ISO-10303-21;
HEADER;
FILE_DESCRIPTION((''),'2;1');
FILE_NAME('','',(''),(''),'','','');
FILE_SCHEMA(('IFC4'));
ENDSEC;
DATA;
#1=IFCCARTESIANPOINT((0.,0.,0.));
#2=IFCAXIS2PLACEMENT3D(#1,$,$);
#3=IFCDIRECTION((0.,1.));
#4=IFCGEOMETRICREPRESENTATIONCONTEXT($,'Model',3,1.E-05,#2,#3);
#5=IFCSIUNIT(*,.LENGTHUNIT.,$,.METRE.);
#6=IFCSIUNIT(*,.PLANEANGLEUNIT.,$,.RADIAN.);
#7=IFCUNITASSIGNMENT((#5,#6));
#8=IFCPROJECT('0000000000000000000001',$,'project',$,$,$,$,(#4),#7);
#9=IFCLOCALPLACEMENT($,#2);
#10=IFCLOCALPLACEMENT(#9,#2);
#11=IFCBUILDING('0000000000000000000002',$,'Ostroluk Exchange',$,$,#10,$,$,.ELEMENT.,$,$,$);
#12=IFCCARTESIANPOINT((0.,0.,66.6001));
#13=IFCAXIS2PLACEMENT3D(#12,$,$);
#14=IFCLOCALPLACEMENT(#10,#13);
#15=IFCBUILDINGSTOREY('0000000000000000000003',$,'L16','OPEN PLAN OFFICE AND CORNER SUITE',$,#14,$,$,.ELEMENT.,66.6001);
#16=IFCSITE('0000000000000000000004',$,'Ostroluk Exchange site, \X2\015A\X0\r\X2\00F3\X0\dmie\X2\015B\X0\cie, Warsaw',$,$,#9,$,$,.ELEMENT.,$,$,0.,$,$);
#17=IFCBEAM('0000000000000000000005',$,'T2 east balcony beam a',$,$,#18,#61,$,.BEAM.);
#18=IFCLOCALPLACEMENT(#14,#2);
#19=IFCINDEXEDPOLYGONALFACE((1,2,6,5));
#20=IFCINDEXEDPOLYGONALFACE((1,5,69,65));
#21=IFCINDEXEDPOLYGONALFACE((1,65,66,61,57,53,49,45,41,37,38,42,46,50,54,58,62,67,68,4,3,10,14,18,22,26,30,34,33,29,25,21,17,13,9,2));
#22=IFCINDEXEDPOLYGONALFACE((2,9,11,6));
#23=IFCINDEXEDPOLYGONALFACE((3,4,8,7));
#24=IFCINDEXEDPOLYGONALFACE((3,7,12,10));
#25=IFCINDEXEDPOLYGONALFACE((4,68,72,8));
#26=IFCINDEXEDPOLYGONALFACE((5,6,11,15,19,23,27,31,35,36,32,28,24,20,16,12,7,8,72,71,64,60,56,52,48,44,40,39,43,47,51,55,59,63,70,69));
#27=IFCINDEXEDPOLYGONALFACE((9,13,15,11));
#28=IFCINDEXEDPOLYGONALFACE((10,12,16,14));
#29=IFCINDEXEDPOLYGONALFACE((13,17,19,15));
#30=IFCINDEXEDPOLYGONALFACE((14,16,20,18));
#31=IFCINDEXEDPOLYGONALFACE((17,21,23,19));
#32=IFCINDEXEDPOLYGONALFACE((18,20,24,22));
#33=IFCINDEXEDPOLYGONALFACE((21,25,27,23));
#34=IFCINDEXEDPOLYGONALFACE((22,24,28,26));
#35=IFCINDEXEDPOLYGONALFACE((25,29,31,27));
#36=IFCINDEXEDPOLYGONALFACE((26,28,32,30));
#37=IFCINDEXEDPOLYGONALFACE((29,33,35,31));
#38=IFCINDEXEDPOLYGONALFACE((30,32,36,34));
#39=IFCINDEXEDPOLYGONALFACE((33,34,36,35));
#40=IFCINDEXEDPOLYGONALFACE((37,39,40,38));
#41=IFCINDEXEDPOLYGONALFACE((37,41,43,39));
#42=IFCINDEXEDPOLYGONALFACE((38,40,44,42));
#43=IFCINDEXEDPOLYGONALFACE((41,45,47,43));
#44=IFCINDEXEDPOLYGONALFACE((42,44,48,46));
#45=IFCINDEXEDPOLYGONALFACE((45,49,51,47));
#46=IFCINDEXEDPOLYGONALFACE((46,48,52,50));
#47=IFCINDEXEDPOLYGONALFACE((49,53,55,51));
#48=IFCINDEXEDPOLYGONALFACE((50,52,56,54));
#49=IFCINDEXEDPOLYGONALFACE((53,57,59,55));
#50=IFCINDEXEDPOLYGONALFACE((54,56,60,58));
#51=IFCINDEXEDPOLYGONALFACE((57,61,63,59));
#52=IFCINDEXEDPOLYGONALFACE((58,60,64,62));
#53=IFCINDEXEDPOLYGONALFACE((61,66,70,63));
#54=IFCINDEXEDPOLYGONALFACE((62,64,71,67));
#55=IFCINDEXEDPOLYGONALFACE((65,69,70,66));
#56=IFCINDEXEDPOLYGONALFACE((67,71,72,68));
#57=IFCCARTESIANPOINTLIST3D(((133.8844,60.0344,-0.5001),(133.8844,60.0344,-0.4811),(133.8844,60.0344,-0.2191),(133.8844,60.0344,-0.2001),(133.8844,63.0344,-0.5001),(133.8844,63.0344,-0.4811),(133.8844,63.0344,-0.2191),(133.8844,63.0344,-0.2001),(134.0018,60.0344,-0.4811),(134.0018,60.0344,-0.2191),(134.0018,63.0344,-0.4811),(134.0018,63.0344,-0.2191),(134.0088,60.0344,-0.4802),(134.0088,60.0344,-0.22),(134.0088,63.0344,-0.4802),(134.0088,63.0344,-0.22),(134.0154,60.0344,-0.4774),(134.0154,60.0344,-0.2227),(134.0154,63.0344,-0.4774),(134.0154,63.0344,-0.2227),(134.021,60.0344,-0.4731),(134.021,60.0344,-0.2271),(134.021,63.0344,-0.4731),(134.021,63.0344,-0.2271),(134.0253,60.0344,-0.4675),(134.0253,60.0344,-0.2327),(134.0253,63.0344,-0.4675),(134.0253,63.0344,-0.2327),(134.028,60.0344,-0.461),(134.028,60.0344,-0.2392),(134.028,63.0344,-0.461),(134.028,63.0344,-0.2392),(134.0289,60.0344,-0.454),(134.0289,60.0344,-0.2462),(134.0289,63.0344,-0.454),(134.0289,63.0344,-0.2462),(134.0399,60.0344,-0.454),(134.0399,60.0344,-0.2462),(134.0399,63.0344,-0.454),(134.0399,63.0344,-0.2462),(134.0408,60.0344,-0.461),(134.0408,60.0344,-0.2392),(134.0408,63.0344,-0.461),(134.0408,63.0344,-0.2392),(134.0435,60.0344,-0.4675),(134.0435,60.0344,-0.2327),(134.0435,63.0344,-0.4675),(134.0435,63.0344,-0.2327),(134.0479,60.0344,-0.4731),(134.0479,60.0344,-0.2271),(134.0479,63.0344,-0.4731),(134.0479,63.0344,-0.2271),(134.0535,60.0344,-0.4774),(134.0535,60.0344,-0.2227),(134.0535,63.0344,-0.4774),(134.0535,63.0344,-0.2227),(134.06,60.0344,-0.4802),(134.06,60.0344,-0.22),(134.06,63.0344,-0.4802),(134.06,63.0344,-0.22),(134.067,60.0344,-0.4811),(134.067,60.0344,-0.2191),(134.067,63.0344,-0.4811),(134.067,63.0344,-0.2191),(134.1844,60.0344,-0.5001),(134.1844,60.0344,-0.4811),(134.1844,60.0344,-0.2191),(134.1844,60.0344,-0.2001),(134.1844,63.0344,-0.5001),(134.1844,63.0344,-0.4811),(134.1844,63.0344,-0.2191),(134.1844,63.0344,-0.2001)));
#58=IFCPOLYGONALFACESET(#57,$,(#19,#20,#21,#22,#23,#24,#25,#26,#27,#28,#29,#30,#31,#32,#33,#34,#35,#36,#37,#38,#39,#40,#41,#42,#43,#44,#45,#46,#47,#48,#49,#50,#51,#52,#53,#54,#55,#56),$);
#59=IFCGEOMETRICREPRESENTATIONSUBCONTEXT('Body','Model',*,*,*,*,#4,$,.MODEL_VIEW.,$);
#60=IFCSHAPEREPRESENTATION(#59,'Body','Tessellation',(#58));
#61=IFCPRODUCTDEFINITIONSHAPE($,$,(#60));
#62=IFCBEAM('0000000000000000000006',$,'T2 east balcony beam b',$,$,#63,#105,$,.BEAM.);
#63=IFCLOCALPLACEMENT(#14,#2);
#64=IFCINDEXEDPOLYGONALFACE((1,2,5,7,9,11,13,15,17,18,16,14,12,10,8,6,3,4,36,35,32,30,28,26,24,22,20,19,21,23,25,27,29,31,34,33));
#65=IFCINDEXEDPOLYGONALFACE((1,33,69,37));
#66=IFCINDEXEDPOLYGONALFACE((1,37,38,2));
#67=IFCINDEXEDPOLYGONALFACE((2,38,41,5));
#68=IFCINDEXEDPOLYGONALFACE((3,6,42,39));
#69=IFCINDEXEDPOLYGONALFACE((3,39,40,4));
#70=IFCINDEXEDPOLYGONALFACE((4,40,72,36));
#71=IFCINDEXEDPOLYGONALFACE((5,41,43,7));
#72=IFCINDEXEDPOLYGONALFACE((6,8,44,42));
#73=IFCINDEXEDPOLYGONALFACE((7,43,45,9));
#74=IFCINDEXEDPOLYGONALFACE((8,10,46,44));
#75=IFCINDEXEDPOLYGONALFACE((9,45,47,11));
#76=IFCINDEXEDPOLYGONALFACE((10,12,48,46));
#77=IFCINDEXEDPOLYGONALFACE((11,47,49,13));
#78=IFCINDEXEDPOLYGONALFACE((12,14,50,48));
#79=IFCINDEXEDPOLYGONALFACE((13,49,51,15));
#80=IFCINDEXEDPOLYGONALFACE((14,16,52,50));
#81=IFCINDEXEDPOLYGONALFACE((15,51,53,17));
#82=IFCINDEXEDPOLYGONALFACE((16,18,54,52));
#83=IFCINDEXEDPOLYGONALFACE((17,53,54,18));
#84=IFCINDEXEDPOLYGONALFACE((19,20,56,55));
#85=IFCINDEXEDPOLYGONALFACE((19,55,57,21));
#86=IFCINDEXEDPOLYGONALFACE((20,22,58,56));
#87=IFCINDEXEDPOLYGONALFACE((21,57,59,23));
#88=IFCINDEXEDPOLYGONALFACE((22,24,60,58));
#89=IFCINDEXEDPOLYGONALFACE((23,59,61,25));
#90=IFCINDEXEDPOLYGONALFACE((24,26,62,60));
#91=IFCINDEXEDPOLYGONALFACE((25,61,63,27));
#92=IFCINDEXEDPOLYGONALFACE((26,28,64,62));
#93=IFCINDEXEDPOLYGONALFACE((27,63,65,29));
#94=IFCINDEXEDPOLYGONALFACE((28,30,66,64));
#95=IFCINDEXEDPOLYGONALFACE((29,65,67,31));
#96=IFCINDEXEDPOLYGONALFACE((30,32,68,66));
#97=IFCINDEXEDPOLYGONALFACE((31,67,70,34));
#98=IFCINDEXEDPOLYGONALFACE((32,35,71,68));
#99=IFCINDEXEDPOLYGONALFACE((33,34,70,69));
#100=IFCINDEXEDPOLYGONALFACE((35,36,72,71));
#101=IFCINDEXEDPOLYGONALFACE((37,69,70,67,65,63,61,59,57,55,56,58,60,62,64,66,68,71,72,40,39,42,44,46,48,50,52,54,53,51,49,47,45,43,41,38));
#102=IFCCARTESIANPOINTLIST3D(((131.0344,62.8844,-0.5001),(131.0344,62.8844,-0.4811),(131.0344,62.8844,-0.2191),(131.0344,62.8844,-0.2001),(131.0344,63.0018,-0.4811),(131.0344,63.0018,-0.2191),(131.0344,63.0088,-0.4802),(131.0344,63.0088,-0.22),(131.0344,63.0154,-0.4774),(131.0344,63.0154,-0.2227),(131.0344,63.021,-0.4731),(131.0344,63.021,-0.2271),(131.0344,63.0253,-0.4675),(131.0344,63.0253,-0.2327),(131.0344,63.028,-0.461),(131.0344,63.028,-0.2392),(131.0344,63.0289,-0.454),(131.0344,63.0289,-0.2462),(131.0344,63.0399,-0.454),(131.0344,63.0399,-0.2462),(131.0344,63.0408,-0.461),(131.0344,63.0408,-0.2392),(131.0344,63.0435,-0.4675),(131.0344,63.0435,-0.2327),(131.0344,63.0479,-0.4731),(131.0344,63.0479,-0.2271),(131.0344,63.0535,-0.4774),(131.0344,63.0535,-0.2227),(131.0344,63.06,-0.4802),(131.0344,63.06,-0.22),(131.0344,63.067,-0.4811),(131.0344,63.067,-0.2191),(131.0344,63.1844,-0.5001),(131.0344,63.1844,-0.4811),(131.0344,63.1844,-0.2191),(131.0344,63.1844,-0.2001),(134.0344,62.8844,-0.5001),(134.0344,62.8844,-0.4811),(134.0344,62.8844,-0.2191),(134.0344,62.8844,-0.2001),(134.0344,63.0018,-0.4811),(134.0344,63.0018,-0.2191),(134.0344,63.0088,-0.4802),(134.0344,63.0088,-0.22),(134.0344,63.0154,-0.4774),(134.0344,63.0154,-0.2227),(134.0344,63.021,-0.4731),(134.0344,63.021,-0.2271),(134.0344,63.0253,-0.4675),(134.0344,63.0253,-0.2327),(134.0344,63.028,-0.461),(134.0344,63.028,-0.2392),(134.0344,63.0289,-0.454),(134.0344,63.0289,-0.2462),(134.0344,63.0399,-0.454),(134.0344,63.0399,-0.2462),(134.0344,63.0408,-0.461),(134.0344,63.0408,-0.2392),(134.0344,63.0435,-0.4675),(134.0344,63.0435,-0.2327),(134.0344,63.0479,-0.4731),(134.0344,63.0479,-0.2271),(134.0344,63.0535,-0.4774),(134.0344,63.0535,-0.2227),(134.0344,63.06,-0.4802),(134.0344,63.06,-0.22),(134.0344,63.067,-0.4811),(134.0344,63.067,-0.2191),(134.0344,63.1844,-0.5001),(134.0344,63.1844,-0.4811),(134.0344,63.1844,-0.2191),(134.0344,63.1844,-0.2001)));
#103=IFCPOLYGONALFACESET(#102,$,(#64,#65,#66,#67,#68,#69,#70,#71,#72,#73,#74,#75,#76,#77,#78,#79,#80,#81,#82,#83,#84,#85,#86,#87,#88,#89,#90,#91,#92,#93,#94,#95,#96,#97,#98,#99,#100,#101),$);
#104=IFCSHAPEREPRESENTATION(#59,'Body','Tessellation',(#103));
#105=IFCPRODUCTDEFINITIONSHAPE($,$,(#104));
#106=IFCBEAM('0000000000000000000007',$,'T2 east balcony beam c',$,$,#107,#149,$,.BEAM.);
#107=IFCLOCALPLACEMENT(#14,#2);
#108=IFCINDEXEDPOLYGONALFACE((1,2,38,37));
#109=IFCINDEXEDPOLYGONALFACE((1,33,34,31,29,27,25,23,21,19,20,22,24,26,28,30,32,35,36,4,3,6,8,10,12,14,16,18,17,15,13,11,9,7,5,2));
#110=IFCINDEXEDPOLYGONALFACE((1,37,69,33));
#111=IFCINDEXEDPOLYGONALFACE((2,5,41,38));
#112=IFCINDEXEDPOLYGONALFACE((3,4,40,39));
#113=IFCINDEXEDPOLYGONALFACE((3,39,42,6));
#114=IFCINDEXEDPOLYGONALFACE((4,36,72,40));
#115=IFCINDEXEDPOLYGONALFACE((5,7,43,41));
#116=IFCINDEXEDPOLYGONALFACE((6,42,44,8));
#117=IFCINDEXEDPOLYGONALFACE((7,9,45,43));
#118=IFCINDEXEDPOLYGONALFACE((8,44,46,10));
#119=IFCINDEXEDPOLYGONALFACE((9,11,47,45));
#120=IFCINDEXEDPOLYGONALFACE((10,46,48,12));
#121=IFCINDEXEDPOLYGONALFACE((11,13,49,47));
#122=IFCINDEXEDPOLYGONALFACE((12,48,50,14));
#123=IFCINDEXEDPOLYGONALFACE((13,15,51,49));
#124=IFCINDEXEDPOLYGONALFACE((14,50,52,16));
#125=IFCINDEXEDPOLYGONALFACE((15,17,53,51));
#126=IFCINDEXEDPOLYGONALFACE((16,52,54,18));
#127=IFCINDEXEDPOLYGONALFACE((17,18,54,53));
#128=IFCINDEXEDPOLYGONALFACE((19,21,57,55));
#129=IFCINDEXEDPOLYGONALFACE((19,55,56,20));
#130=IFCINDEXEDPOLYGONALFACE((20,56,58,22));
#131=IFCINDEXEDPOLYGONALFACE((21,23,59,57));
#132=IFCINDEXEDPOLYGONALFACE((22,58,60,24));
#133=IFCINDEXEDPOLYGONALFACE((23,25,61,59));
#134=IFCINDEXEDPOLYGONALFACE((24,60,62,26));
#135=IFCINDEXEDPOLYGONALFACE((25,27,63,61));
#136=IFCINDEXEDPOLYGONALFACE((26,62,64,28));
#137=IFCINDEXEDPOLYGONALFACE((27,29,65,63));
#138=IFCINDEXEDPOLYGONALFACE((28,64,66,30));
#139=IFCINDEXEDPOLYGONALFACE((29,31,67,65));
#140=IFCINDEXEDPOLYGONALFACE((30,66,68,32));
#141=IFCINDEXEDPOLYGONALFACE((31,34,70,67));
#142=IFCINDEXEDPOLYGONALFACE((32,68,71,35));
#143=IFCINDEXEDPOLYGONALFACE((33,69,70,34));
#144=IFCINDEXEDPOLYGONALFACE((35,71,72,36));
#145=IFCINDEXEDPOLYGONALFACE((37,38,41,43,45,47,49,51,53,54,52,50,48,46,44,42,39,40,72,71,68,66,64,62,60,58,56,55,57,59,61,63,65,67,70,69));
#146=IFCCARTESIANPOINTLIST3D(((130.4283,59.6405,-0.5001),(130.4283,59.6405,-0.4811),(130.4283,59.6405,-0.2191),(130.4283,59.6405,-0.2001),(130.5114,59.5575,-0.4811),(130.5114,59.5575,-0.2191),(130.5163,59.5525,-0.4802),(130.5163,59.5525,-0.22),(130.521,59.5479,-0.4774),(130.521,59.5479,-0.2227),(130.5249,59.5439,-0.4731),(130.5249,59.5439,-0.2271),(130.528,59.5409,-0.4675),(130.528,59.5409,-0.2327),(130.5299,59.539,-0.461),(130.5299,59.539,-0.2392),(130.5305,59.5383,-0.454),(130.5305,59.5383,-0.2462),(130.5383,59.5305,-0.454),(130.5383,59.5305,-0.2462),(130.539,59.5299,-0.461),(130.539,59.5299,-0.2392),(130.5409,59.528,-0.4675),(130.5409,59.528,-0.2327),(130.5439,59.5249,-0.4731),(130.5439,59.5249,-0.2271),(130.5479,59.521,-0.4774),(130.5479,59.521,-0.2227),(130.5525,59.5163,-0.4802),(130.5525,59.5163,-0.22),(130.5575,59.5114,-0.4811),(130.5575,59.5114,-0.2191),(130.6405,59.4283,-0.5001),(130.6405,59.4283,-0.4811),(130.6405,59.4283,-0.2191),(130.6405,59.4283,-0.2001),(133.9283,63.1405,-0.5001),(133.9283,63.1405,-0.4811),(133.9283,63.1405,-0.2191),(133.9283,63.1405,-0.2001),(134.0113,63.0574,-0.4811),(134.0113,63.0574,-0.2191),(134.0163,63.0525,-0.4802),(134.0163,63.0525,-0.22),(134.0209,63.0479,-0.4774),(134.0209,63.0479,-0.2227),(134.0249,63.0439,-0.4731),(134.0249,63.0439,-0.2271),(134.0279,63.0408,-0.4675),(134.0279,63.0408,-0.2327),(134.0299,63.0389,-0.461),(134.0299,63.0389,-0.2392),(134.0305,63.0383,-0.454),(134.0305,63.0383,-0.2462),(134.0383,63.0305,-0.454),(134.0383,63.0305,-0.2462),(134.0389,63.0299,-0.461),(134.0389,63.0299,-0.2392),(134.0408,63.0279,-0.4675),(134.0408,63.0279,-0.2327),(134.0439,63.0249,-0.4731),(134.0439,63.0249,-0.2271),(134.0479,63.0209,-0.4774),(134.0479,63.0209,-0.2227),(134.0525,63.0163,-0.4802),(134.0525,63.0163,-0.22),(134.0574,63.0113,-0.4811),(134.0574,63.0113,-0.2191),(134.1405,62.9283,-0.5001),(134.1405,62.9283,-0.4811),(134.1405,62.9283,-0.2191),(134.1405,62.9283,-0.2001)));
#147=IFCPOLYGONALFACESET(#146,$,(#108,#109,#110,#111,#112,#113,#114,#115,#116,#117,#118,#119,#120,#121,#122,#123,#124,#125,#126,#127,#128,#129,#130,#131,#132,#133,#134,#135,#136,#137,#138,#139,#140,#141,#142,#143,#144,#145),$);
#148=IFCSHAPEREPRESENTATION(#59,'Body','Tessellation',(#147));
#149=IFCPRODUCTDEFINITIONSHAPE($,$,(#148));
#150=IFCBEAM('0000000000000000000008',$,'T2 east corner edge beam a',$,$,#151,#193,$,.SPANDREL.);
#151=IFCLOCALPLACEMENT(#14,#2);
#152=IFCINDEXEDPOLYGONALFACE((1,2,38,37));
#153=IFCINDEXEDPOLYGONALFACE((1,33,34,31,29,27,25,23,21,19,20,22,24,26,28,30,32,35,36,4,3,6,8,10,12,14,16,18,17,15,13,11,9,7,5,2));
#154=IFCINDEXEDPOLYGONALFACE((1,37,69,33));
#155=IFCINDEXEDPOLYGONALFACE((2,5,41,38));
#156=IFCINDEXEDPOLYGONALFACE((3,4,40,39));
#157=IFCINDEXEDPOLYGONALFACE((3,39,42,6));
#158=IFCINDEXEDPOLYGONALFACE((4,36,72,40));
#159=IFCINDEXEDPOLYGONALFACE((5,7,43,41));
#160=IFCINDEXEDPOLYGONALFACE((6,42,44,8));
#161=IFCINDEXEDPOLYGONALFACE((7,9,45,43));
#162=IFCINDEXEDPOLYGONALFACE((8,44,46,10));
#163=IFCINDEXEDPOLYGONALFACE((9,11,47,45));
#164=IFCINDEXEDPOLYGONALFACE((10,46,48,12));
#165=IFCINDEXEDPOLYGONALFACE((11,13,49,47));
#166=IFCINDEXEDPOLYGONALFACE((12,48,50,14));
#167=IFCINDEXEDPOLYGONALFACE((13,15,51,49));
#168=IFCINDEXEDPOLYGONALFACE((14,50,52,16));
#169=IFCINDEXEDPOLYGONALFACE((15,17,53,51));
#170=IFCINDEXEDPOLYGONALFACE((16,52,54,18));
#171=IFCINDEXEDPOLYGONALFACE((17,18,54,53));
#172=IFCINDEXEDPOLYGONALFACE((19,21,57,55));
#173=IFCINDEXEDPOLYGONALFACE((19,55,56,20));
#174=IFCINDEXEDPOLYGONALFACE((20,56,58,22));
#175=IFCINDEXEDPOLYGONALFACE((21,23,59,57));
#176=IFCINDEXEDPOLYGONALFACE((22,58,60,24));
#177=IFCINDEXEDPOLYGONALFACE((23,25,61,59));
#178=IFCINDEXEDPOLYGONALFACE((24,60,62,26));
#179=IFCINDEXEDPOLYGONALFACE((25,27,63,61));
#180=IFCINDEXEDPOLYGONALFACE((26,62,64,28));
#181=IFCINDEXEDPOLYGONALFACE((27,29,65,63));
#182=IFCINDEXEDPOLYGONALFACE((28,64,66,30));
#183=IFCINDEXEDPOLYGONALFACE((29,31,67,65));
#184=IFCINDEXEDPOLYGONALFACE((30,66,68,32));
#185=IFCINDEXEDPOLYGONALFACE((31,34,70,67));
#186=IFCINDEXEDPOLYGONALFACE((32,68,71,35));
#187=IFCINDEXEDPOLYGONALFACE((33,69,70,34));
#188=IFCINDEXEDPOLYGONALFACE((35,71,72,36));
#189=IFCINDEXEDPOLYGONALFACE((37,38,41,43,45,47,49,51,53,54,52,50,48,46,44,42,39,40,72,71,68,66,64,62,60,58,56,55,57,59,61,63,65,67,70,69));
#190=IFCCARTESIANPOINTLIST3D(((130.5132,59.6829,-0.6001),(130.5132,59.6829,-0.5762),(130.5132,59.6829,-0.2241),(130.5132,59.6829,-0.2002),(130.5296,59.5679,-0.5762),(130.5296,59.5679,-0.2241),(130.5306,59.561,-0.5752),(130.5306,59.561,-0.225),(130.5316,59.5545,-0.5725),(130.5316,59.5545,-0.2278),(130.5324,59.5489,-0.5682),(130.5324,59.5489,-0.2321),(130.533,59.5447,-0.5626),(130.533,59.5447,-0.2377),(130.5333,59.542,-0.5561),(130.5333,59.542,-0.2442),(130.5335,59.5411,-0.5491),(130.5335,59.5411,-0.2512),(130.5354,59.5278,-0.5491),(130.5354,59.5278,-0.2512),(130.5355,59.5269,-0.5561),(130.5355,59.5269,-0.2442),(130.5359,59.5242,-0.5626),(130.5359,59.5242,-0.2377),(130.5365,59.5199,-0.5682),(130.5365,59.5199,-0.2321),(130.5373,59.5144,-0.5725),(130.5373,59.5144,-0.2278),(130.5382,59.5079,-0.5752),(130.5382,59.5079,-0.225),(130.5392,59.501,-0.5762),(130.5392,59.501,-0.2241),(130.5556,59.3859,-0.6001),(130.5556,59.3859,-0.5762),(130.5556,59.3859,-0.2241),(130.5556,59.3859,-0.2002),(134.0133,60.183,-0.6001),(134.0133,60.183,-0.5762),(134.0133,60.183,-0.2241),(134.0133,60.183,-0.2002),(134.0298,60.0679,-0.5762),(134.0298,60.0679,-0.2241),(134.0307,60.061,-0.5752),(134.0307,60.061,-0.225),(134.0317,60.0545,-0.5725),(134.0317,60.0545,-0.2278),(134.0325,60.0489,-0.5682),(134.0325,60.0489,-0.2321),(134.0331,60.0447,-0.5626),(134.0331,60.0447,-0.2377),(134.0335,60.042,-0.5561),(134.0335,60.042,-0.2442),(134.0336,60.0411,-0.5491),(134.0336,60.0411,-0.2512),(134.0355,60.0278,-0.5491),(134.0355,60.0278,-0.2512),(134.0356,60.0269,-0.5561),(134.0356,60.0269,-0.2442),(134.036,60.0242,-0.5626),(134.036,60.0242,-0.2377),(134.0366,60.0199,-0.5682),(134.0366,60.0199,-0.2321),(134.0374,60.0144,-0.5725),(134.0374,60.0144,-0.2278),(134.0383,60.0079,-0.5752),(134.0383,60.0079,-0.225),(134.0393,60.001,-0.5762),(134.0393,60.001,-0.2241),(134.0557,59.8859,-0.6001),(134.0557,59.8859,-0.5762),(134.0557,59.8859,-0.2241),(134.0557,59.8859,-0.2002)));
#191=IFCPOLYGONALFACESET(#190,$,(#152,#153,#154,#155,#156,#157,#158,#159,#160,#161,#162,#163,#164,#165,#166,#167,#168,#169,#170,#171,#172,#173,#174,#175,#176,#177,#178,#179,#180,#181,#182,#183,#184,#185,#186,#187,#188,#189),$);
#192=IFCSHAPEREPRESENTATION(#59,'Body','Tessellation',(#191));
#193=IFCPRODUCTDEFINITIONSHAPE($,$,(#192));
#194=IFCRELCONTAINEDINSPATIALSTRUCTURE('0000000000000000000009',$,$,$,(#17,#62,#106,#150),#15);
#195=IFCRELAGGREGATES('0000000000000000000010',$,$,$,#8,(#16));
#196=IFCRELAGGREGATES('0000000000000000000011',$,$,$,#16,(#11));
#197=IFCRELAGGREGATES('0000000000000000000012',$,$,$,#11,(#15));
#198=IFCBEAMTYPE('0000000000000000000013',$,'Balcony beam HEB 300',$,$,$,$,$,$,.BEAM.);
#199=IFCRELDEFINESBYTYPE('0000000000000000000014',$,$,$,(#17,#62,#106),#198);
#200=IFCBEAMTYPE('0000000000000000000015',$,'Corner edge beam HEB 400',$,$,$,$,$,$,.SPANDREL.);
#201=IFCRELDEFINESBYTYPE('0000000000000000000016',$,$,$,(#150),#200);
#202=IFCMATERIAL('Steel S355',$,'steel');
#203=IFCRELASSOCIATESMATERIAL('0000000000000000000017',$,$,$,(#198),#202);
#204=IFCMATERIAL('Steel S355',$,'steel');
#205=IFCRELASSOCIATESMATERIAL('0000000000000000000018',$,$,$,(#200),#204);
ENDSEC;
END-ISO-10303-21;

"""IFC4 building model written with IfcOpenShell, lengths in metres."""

from ifc_helpers import new_model, si_unit, direction, frame, origin, origin_2d, place, context, subcontext, project, spatial, i_section, extrude, material, material_profile, profile_set, type_object, element, save


model = new_model("IFC4")

# Units and contexts
model_context = context("Model", 3, precision=1e-05, world=origin(), true_north=direction((0.0, 1.0)))
body_context = subcontext(model_context, "Body", "Model", "MODEL_VIEW")
ifc_project = project(units=[si_unit("LENGTHUNIT", "METRE"), si_unit("PLANEANGLEUNIT", "RADIAN")], contexts=[model_context])

# Site, building, storey
site_placement = place(None, origin())
site = spatial("IfcSite", under=ifc_project, at=site_placement, Name="Ostroluk Exchange site, Śródmieście, Warsaw", CompositionType="ELEMENT", RefElevation=0.0)
building_placement = place(site_placement, origin())
building = spatial("IfcBuilding", under=site, at=building_placement, Name="Ostroluk Exchange", CompositionType="ELEMENT")
storey_placement = place(building_placement, frame((0.0, 0.0, 66.6001)))
storey = spatial("IfcBuildingStorey", under=building, at=storey_placement, Name="L16", Description="OPEN PLAN OFFICE AND CORNER SUITE", CompositionType="ELEMENT", Elevation=66.6001)

# Beams
ifc_material_1 = material(Name="Steel S355", Category="steel")
ifc_material_profile_1 = material_profile(ifc_material_1, i_section(OverallWidth=0.3, OverallDepth=0.3, WebThickness=0.011, FlangeThickness=0.019, FilletRadius=0.0271, at=origin_2d()), Name="HEB 300")
ifc_profile_set_1 = profile_set([ifc_material_profile_1], Name="Steel S355")
beam_type_1 = type_object("IfcBeamType", Name="Balcony beam HEB 300", PredefinedType="BEAM", material=ifc_profile_set_1)
for number, where, z_axis, x_axis, name in (
    (1, (134.0344, 60.0344, -0.3501), (0.0, 1.0, 0.0), (-1.0, 0.0, 0.0), "T2 east balcony beam a"),
    (2, (131.0344, 63.0344, -0.3501), (1.0, 0.0, 0.0), (0.0, 1.0, 0.0), "T2 east balcony beam b"),
):
    element("IfcBeam", number, at=place(storey_placement, frame(where, z_axis=z_axis, x_axis=x_axis)), inside=storey, type_object=beam_type_1, Name=name, PredefinedType="BEAM", context=body_context, shape_type="SweptSolid", body=[
        extrude(i_section(OverallWidth=0.3, OverallDepth=0.3, WebThickness=0.011, FlangeThickness=0.019, FilletRadius=0.0271, at=origin_2d()), origin(), (0.0, 0.0, 1.0), 3.0),
    ])
beam_1_placement = place(storey_placement, frame((130.5344, 59.5344, -0.3501), z_axis=(0.707107, 0.707107, 0.0), x_axis=(-0.707107, 0.707107, 0.0)))
element("IfcBeam", 3, at=beam_1_placement, inside=storey, type_object=beam_type_1, Name="T2 east balcony beam c", PredefinedType="BEAM", context=body_context, shape_type="SweptSolid", body=[
    extrude(i_section(OverallWidth=0.3, OverallDepth=0.3, WebThickness=0.011, FlangeThickness=0.019, FilletRadius=0.0271, at=origin_2d()), origin(), (0.0, 0.0, 1.0), 4.9497),
])
ifc_material_2 = material(Name="Steel S355", Category="steel")
ifc_material_profile_2 = material_profile(ifc_material_2, i_section(OverallWidth=0.3, OverallDepth=0.3999, WebThickness=0.0134, FlangeThickness=0.0239, FilletRadius=0.0271, at=origin_2d()), Name="HEB 400")
ifc_profile_set_2 = profile_set([ifc_material_profile_2], Name="Steel S355")
beam_type_2 = type_object("IfcBeamType", Name="Corner edge beam HEB 400", PredefinedType="SPANDREL", material=ifc_profile_set_2)
for number, where, z_axis, x_axis, name in (
    (4, (130.5344, 59.5344, -0.4001), (0.989949, 0.141421, 0.0), (-0.141421, 0.989949, 0.0), "T2 east corner edge beam a"),
):
    element("IfcBeam", number, at=place(storey_placement, frame(where, z_axis=z_axis, x_axis=x_axis)), inside=storey, type_object=beam_type_2, Name=name, PredefinedType="SPANDREL", context=body_context, shape_type="SweptSolid", body=[
        extrude(i_section(OverallWidth=0.3, OverallDepth=0.3999, WebThickness=0.0134, FlangeThickness=0.0239, FilletRadius=0.0271, at=origin_2d()), origin(), (0.0, 0.0, 1.0), 3.5356),
    ])

save(model, "model.ifc")
